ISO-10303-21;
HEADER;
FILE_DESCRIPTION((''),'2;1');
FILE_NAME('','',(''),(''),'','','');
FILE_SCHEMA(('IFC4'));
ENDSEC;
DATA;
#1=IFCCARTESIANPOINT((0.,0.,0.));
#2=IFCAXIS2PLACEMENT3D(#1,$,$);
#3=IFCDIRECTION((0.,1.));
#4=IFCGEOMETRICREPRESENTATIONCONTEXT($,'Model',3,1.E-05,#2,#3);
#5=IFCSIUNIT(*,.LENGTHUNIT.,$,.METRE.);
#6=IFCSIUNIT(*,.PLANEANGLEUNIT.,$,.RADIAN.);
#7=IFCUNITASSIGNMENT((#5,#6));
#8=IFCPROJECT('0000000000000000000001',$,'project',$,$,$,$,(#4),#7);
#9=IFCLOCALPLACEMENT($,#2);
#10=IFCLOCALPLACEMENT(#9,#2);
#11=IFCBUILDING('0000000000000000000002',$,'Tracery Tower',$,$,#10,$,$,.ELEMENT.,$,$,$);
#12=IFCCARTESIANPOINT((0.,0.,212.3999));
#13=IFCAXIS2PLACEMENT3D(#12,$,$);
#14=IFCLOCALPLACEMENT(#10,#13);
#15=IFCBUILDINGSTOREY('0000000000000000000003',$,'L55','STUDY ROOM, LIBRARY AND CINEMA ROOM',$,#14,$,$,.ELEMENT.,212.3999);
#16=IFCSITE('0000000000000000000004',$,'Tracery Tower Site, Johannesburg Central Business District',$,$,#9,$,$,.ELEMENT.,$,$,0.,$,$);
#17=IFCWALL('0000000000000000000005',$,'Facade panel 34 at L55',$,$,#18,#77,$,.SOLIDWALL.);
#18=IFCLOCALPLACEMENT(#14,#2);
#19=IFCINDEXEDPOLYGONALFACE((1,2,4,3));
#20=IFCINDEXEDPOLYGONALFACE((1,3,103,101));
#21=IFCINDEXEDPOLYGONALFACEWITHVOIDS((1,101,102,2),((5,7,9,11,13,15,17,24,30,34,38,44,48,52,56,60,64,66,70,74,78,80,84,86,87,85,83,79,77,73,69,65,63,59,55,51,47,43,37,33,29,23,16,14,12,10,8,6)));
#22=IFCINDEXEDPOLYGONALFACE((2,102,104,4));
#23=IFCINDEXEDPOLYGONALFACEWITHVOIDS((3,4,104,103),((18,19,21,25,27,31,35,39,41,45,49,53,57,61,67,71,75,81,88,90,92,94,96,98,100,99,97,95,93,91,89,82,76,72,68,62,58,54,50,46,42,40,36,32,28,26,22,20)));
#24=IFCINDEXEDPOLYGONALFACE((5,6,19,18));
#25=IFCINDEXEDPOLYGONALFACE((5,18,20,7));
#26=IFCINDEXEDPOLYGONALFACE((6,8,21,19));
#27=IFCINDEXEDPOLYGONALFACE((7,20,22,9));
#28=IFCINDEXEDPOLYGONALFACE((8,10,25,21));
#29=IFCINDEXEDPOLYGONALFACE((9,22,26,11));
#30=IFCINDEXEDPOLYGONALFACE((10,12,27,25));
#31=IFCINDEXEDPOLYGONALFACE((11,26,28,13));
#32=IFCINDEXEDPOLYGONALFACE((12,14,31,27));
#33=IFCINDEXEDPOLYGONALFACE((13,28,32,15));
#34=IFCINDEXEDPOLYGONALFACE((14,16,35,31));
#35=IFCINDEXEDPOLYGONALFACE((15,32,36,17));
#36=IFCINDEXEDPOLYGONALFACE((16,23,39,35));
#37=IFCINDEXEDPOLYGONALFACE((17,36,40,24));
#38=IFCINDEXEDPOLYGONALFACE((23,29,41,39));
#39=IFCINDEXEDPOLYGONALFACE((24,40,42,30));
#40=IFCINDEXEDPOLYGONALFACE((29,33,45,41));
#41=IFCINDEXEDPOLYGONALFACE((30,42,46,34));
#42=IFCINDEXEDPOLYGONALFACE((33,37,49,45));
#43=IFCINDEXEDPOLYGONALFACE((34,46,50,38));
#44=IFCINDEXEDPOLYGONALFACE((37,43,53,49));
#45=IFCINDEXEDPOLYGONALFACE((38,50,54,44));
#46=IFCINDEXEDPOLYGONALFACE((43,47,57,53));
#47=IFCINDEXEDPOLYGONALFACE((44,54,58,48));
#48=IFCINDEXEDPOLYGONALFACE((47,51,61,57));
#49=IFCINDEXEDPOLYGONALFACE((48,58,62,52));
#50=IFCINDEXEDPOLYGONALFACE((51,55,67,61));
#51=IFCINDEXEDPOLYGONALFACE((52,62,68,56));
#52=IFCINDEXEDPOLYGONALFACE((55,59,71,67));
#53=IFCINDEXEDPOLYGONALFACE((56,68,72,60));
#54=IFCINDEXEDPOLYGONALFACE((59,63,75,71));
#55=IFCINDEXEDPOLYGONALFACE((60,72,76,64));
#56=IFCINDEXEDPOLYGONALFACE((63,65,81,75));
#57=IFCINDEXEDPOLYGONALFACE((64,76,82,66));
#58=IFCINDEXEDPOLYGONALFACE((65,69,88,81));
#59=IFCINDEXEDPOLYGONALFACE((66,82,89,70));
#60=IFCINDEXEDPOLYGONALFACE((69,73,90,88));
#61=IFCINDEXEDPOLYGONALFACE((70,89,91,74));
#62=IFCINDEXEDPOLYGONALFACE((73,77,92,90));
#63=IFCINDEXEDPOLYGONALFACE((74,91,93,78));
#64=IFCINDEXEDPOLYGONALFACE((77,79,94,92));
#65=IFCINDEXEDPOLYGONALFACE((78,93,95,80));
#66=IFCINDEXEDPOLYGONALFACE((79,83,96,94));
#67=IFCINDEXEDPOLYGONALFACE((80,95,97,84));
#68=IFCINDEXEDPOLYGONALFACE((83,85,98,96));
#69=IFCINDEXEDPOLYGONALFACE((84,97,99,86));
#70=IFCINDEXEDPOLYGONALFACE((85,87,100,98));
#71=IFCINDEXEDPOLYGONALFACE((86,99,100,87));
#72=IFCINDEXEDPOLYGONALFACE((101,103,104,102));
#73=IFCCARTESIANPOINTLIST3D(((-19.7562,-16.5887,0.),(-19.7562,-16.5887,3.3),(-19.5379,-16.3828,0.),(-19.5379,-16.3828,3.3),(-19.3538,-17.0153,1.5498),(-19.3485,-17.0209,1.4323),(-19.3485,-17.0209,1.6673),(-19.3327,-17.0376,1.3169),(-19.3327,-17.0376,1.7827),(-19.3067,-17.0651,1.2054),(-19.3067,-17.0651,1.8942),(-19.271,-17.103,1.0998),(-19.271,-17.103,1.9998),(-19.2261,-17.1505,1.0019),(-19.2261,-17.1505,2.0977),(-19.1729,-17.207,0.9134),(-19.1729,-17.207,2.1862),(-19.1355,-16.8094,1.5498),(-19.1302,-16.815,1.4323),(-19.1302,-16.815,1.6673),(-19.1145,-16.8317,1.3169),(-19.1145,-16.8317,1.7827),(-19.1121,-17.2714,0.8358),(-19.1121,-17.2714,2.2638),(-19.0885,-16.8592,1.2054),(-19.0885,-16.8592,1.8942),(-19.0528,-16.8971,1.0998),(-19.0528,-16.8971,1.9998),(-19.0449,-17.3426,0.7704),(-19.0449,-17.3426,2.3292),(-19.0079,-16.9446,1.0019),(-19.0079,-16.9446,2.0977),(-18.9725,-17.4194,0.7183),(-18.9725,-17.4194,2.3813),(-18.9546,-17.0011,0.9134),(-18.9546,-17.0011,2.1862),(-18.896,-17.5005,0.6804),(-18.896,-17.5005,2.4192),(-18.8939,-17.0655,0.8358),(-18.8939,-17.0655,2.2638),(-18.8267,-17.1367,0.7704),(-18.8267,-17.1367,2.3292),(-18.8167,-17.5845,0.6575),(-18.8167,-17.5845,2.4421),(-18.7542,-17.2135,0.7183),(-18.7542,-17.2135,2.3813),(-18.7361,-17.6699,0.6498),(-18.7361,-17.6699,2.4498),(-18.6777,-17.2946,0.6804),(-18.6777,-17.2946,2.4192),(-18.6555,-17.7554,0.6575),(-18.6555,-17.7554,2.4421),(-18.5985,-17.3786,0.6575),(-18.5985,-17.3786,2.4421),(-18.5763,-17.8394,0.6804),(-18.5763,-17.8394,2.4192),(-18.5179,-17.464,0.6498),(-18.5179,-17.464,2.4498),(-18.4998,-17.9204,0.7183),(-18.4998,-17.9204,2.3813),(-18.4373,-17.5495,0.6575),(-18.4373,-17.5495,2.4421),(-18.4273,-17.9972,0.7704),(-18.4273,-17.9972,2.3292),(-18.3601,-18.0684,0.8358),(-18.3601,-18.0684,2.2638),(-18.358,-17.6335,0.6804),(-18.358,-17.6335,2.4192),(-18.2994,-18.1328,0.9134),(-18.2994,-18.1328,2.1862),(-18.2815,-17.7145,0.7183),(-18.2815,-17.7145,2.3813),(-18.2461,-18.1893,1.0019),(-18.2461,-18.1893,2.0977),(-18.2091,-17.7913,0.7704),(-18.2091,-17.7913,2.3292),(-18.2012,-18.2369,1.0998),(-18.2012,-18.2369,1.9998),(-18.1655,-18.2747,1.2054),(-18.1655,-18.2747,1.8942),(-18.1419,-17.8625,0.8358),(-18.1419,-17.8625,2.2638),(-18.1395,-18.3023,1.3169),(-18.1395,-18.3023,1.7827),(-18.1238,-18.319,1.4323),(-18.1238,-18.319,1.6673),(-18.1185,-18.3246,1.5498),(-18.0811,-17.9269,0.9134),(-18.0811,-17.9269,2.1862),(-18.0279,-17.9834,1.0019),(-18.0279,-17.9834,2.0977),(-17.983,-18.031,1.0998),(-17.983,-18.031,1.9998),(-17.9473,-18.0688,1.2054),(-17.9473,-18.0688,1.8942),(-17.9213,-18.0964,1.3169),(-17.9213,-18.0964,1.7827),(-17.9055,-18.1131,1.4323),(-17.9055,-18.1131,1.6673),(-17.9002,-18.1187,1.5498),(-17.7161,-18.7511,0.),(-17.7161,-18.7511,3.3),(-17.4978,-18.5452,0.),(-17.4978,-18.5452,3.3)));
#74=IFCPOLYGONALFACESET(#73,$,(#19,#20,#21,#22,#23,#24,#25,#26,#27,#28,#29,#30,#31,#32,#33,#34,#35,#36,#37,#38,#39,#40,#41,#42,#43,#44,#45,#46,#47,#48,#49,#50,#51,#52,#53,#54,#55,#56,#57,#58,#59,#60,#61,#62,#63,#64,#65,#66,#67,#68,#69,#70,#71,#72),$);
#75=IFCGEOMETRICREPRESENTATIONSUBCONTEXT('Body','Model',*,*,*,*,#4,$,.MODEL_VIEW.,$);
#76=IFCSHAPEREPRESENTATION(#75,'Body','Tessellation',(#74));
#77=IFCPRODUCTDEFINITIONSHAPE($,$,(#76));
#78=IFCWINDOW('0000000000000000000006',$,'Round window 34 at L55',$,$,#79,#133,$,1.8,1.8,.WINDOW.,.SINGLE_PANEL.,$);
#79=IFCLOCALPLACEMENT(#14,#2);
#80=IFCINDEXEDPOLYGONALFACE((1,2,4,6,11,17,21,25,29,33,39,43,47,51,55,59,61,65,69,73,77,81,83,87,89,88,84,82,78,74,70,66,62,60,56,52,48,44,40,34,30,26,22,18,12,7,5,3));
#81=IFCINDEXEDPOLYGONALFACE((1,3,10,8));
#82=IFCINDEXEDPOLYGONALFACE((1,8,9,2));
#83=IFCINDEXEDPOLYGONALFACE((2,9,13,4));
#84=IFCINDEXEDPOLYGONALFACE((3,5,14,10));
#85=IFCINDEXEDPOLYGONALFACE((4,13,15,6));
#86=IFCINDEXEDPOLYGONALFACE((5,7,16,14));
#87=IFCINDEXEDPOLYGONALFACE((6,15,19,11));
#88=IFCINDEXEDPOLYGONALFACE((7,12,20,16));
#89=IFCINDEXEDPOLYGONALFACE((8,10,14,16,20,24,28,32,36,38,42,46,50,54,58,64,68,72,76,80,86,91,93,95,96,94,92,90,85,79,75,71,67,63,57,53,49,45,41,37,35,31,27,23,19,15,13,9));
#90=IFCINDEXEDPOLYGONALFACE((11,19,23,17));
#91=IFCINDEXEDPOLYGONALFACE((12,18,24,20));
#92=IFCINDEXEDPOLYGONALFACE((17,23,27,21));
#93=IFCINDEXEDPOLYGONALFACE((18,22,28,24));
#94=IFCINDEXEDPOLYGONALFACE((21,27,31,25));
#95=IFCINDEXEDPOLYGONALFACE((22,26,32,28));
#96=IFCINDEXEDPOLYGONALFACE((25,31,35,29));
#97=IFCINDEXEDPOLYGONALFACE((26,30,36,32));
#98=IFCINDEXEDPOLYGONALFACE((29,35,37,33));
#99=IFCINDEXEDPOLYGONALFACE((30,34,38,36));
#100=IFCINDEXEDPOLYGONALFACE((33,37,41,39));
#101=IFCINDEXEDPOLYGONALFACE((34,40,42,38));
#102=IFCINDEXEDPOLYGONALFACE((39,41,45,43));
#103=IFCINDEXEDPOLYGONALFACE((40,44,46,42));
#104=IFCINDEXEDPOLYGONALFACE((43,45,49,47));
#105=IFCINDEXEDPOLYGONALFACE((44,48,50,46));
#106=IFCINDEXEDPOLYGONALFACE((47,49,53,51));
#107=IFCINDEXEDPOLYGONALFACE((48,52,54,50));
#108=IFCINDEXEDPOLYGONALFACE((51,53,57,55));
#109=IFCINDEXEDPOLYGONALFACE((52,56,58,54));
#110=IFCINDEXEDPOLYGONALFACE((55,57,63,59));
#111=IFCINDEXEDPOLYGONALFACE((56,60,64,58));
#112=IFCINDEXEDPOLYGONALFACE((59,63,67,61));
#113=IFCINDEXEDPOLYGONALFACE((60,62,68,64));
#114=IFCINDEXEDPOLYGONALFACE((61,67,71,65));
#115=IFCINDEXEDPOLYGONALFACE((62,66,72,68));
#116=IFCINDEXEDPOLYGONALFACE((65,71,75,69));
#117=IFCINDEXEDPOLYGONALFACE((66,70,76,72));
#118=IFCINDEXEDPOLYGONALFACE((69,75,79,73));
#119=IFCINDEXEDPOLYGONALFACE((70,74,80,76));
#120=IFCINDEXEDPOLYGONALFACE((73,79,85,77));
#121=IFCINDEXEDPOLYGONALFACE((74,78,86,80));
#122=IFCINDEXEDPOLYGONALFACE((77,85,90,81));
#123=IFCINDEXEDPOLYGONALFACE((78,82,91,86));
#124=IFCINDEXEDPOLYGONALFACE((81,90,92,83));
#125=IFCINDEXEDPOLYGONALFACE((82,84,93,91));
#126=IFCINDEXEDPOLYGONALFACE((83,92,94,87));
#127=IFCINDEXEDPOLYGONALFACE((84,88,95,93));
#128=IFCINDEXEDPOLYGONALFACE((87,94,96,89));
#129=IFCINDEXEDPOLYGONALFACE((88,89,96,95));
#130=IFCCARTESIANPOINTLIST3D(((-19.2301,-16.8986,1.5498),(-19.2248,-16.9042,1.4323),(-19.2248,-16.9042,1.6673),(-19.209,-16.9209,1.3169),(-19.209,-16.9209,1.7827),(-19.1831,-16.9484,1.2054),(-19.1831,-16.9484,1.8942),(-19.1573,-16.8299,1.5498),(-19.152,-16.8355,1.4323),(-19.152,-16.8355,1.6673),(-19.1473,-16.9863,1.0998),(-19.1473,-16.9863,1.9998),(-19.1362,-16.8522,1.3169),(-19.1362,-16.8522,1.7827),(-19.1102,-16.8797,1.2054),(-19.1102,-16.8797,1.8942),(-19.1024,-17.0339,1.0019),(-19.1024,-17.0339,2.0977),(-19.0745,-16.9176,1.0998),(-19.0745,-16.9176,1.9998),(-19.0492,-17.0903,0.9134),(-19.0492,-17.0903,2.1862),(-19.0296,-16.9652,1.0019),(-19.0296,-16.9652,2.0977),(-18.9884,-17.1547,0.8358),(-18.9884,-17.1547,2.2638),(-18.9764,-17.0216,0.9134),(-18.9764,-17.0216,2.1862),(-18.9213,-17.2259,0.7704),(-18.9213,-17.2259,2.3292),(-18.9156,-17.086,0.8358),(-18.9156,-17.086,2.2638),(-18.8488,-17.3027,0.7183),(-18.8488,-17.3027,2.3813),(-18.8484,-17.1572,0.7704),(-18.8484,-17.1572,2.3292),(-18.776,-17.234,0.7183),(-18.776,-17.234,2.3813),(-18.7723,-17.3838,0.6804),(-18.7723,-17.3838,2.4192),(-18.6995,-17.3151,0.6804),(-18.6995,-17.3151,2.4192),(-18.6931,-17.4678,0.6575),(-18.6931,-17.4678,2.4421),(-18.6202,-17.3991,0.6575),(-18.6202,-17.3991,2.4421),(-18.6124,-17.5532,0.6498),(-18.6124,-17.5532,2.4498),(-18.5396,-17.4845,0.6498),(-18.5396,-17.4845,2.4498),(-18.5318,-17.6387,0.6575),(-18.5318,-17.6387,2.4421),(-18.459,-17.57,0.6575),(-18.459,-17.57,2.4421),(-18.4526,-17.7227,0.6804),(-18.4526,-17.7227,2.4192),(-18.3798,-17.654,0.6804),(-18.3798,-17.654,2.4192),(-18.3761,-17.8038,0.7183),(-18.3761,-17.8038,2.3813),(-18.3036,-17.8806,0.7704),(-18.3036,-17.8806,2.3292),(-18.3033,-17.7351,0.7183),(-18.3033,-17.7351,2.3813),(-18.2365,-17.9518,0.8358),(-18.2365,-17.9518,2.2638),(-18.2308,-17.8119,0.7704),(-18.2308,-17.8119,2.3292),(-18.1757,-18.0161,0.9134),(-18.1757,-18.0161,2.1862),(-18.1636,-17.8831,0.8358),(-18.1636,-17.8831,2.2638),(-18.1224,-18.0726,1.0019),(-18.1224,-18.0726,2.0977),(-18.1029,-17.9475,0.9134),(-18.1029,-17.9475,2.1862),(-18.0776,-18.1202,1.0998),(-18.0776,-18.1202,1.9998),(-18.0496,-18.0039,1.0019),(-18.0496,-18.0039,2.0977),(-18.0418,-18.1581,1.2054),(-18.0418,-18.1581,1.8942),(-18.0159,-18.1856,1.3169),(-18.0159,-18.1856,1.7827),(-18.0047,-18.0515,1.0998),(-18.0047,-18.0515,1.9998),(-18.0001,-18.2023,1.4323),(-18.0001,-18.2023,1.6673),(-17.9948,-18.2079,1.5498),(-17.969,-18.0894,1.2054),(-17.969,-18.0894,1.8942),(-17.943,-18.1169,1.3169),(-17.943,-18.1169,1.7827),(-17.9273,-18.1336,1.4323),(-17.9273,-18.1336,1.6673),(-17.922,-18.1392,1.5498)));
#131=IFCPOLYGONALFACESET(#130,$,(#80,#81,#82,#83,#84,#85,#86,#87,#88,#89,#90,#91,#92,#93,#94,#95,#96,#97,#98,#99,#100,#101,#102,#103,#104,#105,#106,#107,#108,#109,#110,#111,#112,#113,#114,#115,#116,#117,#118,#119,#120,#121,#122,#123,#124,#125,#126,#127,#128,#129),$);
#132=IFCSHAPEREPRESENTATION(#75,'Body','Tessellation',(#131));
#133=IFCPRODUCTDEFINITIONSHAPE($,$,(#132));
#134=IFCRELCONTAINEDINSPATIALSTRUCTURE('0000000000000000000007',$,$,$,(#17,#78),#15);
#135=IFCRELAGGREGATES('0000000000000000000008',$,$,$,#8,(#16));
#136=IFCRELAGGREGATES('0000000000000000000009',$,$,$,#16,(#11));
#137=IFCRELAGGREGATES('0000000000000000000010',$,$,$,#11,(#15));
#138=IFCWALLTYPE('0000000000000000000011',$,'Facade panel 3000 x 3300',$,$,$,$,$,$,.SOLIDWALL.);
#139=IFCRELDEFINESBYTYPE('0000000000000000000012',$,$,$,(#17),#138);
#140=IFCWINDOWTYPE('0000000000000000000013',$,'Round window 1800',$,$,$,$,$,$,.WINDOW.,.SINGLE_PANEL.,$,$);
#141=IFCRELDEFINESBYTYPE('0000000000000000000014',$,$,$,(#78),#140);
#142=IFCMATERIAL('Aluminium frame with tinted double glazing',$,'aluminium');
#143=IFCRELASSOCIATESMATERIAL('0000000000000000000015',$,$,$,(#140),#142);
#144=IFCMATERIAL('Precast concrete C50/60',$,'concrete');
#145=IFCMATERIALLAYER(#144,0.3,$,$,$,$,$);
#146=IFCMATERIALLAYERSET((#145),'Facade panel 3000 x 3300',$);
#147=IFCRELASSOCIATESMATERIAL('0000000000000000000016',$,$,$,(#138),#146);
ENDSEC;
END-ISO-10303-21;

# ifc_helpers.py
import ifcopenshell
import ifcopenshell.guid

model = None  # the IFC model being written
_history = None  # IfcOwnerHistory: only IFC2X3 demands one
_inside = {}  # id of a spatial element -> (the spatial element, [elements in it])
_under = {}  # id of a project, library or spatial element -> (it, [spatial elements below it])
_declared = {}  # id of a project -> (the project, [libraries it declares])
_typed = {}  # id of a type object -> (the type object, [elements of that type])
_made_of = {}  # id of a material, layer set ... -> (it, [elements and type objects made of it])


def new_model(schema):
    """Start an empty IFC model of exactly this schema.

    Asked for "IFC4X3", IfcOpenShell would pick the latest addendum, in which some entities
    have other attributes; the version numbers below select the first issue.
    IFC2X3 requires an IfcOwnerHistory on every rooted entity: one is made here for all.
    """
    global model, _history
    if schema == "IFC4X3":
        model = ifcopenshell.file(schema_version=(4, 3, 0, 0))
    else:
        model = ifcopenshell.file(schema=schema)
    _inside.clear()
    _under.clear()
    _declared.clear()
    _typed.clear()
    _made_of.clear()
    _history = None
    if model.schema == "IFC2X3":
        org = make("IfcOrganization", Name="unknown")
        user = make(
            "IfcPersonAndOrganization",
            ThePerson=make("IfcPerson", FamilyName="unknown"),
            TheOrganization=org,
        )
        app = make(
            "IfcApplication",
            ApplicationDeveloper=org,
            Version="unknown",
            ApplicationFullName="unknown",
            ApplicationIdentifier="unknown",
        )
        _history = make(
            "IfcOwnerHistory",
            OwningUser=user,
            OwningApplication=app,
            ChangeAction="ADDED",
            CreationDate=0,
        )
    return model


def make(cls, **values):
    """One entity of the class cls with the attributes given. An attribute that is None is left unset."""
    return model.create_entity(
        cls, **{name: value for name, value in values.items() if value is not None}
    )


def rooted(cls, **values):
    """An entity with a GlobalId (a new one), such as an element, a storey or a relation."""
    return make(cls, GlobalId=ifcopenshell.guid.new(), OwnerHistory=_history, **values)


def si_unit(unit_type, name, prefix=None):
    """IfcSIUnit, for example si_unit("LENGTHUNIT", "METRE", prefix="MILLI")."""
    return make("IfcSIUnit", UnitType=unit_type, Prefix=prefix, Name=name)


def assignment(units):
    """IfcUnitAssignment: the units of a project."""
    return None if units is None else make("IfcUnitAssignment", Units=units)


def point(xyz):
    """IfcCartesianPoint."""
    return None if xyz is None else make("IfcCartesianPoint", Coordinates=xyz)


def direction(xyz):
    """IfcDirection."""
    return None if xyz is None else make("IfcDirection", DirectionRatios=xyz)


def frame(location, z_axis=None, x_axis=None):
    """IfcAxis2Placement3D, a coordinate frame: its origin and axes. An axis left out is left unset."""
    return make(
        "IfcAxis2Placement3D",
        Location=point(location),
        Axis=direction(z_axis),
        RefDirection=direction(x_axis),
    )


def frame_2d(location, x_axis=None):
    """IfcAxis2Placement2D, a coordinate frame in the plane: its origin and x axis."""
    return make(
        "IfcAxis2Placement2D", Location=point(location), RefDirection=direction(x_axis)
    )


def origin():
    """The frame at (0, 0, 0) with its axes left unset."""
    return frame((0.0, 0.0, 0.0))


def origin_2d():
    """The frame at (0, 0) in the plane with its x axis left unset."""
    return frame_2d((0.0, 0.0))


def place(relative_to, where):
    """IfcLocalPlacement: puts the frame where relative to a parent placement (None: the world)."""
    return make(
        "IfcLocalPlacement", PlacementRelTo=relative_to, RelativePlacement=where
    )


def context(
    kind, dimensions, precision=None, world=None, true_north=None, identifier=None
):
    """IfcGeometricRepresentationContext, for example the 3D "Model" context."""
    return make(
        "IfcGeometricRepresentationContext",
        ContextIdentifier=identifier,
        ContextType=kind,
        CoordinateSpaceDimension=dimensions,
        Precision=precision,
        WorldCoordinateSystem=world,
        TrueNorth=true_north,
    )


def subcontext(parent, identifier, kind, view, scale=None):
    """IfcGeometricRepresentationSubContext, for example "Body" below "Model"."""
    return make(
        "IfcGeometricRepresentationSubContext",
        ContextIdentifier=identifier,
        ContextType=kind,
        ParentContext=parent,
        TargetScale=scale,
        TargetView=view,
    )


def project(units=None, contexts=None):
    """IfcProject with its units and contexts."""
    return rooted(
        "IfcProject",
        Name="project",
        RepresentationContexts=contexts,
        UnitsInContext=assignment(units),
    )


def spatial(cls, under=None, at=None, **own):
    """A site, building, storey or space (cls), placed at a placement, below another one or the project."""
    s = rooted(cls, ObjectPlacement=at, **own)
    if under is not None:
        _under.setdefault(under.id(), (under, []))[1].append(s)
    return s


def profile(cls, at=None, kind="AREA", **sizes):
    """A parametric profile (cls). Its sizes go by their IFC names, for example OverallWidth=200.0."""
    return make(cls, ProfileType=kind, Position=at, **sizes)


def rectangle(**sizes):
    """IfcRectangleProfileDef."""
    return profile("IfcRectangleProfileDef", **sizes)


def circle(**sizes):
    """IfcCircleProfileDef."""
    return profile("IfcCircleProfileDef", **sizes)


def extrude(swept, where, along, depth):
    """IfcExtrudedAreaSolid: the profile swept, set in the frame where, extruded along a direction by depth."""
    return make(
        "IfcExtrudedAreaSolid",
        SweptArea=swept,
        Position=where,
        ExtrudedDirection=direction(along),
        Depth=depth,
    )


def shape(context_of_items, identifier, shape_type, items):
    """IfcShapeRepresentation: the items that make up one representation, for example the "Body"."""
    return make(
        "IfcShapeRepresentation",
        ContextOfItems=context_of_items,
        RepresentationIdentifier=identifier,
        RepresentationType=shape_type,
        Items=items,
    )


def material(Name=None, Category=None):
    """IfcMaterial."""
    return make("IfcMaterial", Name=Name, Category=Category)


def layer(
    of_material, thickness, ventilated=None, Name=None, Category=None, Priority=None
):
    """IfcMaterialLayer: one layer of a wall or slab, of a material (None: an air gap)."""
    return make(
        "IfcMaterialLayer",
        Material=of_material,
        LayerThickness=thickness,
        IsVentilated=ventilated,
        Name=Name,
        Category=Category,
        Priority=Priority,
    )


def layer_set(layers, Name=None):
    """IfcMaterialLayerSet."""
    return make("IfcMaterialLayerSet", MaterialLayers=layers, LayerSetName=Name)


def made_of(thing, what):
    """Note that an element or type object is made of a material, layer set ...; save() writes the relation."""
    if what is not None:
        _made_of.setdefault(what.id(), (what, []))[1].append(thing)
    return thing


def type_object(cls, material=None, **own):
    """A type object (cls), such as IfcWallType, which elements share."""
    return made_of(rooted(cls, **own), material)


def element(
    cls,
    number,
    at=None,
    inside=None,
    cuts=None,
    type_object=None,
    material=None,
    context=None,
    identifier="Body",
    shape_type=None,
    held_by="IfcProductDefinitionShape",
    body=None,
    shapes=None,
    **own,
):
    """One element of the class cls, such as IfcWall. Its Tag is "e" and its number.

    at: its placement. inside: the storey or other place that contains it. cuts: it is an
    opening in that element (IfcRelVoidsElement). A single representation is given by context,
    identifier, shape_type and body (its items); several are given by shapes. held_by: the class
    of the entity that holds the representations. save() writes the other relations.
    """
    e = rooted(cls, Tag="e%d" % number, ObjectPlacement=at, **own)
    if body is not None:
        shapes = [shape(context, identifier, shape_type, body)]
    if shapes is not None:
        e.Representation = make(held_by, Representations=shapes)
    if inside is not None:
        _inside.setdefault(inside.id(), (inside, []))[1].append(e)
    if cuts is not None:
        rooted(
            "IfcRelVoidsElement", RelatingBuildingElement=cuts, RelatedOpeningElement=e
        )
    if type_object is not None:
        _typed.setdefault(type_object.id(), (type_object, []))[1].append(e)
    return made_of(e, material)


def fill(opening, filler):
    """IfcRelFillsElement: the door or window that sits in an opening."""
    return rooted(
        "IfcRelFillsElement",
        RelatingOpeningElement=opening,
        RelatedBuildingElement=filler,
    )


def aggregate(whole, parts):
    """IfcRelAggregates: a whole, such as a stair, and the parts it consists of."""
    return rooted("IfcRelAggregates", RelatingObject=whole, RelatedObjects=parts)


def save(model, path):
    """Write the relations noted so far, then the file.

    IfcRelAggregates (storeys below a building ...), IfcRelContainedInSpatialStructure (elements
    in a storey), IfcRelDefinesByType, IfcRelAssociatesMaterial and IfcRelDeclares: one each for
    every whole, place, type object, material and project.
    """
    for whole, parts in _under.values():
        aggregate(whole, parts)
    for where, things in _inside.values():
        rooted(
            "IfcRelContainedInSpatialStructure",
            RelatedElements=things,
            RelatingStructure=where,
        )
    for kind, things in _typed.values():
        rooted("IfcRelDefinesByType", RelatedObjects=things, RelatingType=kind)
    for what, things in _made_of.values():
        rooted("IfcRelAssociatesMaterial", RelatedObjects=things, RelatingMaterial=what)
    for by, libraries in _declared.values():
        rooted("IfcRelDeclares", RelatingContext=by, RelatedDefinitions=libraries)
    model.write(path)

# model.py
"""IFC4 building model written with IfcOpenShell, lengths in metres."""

from ifc_helpers import new_model, si_unit, direction, frame, frame_2d, origin, origin_2d, place, context, subcontext, project, spatial, rectangle, circle, extrude, material, layer, layer_set, type_object, element, fill, save


model = new_model("IFC4")

# Units and contexts
model_context = context("Model", 3, precision=1e-05, world=origin(), true_north=direction((0.0, 1.0)))
body_context = subcontext(model_context, "Body", "Model", "MODEL_VIEW")
ifc_project = project(units=[si_unit("LENGTHUNIT", "METRE"), si_unit("PLANEANGLEUNIT", "RADIAN")], contexts=[model_context])

# Site, building, storey
site_placement = place(None, origin())
site = spatial("IfcSite", under=ifc_project, at=site_placement, Name="Tracery Tower Site, Johannesburg Central Business District", CompositionType="ELEMENT", RefElevation=0.0)
building_placement = place(site_placement, origin())
building = spatial("IfcBuilding", under=site, at=building_placement, Name="Tracery Tower", CompositionType="ELEMENT")
storey_placement = place(building_placement, frame((0.0, 0.0, 212.3999)))
storey = spatial("IfcBuildingStorey", under=building, at=storey_placement, Name="L55", Description="STUDY ROOM, LIBRARY AND CINEMA ROOM", CompositionType="ELEMENT", Elevation=212.3999)

# Wall, opening, window
ifc_material_1 = material(Name="Aluminium frame with tinted double glazing", Category="aluminium")
window_type = type_object("IfcWindowType", Name="Round window 1800", PartitioningType="SINGLE_PANEL", PredefinedType="WINDOW", material=ifc_material_1)
ifc_material_2 = material(Name="Precast concrete C50/60", Category="concrete")
ifc_layer_1 = layer(ifc_material_2, 0.3)
ifc_layer_set_1 = layer_set([ifc_layer_1], Name="Facade panel 3000 x 3300")
wall_type_1 = type_object("IfcWallType", Name="Facade panel 3000 x 3300", PredefinedType="SOLIDWALL", material=ifc_layer_set_1)
wall_1_placement = place(storey_placement, frame((-19.647, -16.4858, 0.0), z_axis=(0.0, 0.0, 1.0), x_axis=(0.686235, -0.72738, 0.0)))
wall_1 = element("IfcWall", 1, at=wall_1_placement, inside=storey, type_object=wall_type_1, Name="Facade panel 34 at L55", PredefinedType="SOLIDWALL", context=body_context, shape_type="SweptSolid", body=[
    extrude(rectangle(XDim=2.9729, YDim=0.3, at=frame_2d((1.4863, 0.0))), origin(), (0.0, 0.0, 1.0), 3.3),
])
opening_1_placement = place(wall_1_placement, frame((1.4863, 0.0, 1.5498)))
opening_1 = element("IfcOpeningElement", 2, at=opening_1_placement, cuts=wall_1, PredefinedType="OPENING", context=body_context, shape_type="SweptSolid", body=[
    extrude(circle(Radius=0.9, at=origin_2d()), frame((0.0, 0.1599, 0.0), z_axis=(0.0, -1.0, 0.0), x_axis=(1.0, 0.0, 0.0)), (0.0, 0.0, 1.0), 0.3201),
])
window_1_placement = place(opening_1_placement, origin())
window_1 = element("IfcWindow", 3, at=window_1_placement, inside=storey, type_object=window_type, Name="Round window 34 at L55", OverallHeight=1.8, OverallWidth=1.8, PartitioningType="SINGLE_PANEL", PredefinedType="WINDOW", context=body_context, shape_type="SweptSolid", body=[
    extrude(circle(Radius=0.9, at=origin_2d()), frame((0.0, 0.1201, 0.0), z_axis=(0.0, -1.0, 0.0), x_axis=(1.0, 0.0, 0.0)), (0.0, 0.0, 1.0), 0.1001),
])
fill(opening_1, window_1)

save(model, "model.ifc")
